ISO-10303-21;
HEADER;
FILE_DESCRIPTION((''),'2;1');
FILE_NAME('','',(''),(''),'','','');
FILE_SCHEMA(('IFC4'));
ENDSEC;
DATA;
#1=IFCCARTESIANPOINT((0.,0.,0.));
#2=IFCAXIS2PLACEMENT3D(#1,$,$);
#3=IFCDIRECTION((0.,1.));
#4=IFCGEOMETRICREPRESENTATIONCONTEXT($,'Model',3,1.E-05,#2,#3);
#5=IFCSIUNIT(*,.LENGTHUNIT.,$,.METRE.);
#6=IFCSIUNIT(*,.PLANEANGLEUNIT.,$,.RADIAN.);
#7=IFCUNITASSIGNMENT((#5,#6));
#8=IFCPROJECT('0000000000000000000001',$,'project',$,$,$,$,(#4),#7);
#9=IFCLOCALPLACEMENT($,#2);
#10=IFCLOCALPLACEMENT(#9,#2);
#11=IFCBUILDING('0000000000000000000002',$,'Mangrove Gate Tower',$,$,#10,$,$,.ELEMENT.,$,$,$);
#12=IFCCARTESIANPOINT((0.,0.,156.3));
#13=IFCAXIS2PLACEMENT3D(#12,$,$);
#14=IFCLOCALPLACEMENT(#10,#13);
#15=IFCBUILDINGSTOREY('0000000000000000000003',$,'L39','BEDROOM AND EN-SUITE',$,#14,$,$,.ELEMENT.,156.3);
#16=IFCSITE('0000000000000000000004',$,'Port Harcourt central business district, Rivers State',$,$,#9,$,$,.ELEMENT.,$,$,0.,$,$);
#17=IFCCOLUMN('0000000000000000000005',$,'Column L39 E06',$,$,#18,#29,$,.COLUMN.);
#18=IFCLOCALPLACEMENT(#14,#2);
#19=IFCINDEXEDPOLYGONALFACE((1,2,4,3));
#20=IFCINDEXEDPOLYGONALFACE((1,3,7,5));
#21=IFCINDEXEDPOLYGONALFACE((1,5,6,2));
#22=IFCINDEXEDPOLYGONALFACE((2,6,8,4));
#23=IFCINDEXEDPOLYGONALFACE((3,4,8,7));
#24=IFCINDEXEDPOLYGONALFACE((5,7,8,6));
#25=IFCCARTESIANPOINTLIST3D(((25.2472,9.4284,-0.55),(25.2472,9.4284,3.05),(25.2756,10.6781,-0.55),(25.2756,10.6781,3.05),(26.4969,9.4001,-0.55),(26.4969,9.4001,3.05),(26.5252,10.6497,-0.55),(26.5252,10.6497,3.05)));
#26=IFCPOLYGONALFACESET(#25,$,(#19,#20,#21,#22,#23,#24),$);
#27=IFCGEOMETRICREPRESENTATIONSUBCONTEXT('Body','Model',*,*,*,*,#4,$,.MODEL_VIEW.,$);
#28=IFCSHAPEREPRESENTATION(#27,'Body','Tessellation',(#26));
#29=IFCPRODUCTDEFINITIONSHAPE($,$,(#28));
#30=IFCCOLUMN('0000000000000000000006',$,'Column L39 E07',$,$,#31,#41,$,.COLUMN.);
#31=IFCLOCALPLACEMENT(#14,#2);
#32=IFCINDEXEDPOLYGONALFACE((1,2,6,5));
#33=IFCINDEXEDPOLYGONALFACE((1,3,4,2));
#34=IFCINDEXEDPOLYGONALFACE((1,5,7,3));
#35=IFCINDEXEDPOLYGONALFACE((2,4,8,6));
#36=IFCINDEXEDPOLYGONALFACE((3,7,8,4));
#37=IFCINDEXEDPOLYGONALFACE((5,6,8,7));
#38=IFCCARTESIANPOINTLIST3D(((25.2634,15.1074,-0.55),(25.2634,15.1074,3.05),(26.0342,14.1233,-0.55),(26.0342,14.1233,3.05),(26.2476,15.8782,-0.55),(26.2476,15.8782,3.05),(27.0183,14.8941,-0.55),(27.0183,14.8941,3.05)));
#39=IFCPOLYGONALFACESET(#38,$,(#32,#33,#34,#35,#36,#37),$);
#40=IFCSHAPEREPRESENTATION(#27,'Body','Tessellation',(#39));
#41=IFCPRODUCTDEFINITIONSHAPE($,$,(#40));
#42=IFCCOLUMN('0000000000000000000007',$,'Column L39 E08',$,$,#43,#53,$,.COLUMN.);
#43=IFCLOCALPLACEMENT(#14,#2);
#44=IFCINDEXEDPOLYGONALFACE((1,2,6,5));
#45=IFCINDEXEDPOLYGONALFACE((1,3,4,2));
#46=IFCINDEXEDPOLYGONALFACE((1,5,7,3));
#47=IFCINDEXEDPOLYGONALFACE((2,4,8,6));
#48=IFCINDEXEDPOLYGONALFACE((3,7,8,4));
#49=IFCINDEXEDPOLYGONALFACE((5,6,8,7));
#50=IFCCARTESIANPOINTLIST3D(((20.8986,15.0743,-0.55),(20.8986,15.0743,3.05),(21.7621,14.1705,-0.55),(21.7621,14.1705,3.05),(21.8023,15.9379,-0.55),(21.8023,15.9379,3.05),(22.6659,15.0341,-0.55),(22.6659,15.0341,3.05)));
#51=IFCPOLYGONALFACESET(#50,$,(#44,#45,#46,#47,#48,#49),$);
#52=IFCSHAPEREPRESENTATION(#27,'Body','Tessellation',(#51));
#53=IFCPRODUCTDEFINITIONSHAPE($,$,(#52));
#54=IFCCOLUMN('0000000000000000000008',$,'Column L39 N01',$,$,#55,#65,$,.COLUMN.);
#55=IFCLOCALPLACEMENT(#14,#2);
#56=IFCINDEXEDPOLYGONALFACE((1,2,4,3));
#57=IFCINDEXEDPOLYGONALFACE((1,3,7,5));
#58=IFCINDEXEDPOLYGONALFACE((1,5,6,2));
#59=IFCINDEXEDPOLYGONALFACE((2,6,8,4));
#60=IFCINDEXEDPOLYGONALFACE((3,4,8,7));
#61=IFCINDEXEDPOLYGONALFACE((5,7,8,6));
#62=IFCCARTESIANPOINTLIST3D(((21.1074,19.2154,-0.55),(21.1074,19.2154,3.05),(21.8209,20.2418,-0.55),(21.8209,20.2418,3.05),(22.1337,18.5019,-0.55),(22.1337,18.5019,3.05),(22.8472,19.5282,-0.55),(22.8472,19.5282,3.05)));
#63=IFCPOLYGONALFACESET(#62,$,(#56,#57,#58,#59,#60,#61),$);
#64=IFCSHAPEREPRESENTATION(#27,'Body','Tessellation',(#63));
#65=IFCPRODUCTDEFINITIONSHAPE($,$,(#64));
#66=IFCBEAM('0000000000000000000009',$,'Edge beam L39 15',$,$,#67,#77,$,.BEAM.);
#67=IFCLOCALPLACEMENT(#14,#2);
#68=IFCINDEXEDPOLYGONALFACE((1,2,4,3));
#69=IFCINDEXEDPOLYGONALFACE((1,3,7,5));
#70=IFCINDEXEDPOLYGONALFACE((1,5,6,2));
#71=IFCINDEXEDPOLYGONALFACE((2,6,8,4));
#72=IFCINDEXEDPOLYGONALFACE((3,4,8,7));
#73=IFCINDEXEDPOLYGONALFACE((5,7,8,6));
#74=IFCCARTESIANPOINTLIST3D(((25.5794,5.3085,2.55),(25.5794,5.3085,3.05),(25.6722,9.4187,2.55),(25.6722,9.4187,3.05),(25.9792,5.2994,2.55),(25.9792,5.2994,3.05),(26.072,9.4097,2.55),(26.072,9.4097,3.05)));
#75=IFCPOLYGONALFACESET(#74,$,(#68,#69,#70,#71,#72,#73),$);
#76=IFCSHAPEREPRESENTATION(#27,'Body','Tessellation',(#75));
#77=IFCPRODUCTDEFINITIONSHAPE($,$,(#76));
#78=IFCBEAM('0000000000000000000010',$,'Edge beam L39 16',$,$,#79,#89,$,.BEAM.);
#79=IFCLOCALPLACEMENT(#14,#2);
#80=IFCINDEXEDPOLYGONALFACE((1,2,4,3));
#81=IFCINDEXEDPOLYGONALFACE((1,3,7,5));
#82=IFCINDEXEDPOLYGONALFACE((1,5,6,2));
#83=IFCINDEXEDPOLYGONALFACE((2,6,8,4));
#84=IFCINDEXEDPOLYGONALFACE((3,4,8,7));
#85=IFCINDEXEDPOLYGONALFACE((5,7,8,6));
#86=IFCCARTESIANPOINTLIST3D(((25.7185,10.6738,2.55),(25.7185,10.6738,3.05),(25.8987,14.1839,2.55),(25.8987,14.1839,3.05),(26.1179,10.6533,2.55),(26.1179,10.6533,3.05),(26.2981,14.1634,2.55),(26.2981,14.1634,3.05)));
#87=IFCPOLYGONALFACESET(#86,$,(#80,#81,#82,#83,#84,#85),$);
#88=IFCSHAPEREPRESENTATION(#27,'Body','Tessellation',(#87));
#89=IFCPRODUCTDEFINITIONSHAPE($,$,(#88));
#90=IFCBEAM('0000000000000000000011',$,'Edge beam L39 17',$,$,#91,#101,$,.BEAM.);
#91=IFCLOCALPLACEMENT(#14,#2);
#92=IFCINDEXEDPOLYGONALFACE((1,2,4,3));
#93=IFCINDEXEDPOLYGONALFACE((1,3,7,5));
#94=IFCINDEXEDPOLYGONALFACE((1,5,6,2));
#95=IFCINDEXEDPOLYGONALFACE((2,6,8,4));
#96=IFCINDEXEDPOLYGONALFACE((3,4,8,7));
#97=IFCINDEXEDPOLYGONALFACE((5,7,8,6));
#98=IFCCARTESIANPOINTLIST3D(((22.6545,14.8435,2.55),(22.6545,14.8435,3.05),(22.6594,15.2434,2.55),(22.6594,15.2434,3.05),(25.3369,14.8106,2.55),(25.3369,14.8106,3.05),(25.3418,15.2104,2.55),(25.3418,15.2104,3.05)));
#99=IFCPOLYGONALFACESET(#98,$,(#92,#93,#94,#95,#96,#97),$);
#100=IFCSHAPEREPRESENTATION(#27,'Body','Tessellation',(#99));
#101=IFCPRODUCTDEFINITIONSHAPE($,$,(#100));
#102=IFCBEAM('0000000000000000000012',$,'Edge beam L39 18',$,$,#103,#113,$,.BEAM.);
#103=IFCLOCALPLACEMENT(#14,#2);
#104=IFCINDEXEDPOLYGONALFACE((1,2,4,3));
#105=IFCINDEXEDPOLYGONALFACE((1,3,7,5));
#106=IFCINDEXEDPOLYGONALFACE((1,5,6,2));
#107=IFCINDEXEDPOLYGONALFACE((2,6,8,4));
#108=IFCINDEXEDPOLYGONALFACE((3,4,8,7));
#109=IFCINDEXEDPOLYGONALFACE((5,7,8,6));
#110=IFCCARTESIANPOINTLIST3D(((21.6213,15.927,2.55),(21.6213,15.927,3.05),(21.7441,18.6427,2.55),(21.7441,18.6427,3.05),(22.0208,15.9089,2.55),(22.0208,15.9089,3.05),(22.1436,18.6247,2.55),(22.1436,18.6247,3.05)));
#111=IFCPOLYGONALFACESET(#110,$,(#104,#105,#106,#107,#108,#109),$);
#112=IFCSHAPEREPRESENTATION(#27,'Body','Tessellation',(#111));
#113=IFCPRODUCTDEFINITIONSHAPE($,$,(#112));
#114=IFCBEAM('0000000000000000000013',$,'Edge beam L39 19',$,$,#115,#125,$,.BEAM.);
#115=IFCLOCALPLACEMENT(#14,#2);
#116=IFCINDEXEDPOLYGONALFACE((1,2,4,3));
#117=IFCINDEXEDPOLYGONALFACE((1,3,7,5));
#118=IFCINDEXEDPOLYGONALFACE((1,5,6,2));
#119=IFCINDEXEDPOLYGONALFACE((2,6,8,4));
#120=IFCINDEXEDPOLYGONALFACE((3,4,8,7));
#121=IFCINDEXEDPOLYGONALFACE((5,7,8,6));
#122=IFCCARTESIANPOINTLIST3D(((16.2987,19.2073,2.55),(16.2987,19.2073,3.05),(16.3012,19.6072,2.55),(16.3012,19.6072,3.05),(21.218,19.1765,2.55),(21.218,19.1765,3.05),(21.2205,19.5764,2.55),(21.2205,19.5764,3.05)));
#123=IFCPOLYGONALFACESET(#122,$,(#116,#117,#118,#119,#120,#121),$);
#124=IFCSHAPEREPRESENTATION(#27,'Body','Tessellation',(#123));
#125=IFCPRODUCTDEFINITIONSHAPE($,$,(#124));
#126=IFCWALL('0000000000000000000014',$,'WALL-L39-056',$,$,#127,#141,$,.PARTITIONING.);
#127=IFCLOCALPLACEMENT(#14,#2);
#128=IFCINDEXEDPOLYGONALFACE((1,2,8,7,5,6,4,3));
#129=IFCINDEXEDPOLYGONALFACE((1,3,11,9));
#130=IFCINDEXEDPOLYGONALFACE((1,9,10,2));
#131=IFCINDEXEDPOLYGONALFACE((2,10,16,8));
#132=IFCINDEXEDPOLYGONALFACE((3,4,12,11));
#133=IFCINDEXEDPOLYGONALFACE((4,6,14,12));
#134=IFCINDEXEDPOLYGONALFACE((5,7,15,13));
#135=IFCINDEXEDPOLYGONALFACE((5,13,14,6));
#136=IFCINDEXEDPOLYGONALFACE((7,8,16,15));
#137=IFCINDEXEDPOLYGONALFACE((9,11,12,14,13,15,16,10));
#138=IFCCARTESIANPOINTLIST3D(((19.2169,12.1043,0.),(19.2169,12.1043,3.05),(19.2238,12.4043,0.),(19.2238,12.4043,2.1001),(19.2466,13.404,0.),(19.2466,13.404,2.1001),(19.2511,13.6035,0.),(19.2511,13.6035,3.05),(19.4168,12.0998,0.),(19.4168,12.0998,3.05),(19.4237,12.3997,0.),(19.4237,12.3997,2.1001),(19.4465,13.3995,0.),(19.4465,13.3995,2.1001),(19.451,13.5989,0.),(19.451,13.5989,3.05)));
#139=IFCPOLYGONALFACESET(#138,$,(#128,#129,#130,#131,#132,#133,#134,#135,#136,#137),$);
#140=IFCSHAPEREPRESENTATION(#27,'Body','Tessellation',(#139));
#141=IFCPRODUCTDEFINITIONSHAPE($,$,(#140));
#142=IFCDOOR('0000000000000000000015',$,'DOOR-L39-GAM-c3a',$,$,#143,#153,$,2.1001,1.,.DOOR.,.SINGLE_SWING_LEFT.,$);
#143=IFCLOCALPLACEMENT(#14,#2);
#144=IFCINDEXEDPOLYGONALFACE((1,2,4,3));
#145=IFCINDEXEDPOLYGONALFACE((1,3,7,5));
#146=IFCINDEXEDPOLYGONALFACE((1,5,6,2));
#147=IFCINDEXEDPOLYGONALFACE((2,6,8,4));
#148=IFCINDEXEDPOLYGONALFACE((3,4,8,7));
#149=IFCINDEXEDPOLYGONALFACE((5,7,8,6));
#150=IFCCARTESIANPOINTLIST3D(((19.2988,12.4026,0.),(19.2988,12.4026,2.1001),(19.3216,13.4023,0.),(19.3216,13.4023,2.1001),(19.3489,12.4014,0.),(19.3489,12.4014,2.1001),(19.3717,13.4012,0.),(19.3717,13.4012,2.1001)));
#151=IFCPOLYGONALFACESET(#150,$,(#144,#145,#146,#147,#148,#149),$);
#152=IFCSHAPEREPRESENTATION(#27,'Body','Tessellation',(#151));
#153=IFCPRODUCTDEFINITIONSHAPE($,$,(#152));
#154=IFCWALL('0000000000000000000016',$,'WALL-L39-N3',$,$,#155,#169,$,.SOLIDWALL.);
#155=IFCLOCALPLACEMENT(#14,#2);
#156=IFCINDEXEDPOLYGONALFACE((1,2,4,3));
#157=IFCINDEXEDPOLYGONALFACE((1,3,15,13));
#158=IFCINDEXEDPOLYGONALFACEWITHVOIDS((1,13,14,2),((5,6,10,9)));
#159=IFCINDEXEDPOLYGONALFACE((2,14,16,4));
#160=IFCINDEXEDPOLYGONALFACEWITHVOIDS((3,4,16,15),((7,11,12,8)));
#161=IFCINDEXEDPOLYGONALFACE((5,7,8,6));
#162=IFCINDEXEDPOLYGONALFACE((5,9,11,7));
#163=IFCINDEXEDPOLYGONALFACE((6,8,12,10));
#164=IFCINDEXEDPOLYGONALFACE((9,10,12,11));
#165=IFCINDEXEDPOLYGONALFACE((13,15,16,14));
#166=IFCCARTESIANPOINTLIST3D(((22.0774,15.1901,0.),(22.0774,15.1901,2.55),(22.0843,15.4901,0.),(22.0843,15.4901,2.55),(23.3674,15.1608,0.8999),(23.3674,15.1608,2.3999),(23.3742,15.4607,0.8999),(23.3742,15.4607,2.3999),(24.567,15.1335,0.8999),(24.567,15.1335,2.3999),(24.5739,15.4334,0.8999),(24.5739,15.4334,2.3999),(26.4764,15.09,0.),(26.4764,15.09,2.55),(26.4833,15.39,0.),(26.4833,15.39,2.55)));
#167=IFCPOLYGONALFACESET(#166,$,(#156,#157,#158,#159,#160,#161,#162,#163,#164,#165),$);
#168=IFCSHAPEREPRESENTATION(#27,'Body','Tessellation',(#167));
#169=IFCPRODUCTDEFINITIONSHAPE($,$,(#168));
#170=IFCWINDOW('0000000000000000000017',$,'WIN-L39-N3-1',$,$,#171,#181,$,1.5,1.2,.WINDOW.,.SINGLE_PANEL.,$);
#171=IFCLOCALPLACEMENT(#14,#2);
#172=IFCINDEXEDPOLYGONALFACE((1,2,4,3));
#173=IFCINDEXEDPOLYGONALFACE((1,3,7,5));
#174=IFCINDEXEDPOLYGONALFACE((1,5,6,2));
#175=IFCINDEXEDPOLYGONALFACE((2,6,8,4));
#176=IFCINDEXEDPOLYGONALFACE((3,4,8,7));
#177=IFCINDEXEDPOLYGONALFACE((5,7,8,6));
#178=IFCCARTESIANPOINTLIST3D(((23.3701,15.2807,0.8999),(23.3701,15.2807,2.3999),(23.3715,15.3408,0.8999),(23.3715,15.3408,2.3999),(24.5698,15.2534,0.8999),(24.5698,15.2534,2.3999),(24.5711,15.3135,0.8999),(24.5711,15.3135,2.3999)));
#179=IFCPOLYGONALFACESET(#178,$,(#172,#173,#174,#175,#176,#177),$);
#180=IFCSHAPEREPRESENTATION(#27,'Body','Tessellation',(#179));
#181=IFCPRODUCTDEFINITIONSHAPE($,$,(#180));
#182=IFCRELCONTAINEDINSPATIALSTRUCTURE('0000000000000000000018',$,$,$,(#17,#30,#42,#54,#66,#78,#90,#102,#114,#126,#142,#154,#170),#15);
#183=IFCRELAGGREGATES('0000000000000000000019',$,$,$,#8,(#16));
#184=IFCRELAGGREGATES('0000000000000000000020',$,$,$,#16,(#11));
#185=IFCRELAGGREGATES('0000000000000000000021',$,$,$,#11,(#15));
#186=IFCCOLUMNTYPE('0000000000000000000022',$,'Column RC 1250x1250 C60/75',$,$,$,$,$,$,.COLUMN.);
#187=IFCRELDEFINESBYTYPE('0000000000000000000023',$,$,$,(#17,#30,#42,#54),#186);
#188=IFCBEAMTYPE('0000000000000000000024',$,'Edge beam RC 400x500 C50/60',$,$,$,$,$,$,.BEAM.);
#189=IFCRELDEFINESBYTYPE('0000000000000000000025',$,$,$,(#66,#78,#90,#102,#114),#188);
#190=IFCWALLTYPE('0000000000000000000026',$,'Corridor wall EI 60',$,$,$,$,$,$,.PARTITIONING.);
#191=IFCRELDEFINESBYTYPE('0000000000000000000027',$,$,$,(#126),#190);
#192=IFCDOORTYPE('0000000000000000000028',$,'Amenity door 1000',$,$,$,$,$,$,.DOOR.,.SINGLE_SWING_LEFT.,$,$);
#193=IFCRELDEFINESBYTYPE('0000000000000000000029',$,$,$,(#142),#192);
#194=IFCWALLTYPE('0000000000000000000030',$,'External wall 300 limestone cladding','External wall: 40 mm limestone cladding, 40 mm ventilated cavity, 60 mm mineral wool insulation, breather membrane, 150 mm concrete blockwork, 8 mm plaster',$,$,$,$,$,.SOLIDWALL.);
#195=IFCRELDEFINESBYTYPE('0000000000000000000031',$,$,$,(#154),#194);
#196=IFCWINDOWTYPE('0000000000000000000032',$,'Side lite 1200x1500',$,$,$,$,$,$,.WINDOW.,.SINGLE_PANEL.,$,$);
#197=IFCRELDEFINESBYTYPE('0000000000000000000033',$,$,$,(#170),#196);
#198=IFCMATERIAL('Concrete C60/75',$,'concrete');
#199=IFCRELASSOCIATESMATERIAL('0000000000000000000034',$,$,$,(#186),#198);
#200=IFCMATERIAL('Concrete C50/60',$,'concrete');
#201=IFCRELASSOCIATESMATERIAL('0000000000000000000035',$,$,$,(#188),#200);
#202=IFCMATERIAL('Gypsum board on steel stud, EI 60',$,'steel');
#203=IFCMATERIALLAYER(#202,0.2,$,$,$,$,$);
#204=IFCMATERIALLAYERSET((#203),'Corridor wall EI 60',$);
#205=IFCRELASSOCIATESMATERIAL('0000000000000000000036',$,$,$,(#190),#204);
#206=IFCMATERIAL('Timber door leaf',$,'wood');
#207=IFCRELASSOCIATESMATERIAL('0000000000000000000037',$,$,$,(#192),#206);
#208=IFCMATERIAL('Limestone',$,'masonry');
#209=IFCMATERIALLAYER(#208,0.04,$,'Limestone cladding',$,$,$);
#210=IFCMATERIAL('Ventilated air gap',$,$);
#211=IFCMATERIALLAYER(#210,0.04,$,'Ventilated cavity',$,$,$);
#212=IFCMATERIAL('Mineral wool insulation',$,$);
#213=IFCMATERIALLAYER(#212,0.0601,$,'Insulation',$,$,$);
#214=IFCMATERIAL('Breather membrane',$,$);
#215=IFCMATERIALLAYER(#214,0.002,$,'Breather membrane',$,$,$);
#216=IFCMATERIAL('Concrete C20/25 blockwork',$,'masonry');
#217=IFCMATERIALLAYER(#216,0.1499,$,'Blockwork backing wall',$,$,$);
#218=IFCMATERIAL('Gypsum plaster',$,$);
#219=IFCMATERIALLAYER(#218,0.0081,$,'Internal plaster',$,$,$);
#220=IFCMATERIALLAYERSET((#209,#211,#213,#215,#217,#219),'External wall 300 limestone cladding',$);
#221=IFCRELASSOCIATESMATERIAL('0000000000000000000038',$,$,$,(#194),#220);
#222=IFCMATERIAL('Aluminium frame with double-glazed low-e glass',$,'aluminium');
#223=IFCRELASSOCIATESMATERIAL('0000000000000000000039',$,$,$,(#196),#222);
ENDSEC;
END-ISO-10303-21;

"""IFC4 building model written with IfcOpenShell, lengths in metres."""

from ifc_helpers import new_model, si_unit, direction, frame, frame_2d, origin, origin_2d, place, context, subcontext, project, spatial, rectangle, extrude, material, layer, layer_set, material_profile, profile_set, type_object, element, fill, save


model = new_model("IFC4")

# Units and contexts
model_context = context("Model", 3, precision=1e-05, world=origin(), true_north=direction((0.0, 1.0)))
body_context = subcontext(model_context, "Body", "Model", "MODEL_VIEW")
ifc_project = project(units=[si_unit("LENGTHUNIT", "METRE"), si_unit("PLANEANGLEUNIT", "RADIAN")], contexts=[model_context])

# Site, building, storey
site_placement = place(None, origin())
site = spatial("IfcSite", under=ifc_project, at=site_placement, Name="Port Harcourt central business district, Rivers State", CompositionType="ELEMENT", RefElevation=0.0)
building_placement = place(site_placement, origin())
building = spatial("IfcBuilding", under=site, at=building_placement, Name="Mangrove Gate Tower", CompositionType="ELEMENT")
storey_placement = place(building_placement, frame((0.0, 0.0, 156.3)))
storey = spatial("IfcBuildingStorey", under=building, at=storey_placement, Name="L39", Description="BEDROOM AND EN-SUITE", CompositionType="ELEMENT", Elevation=156.3)

# Columns
ifc_material_1 = material(Name="Concrete C60/75", Category="concrete")
ifc_material_profile_1 = material_profile(ifc_material_1, rectangle(XDim=1.25, YDim=1.25, at=origin_2d()))
ifc_profile_set_1 = profile_set([ifc_material_profile_1], Name="Concrete C60/75")
column_type = type_object("IfcColumnType", Name="Column RC 1250x1250 C60/75", PredefinedType="COLUMN", material=ifc_profile_set_1)
for number, where, z_axis, x_axis, name in (
    (1, (25.8862, 10.0391, -0.55), (0.0, 0.0, 1.0), (0.02266, 0.999743, 0.0), "Column L39 E06"),
    (2, (26.1409, 15.0007, -0.55), (0.0, 0.0, 1.0), (-0.616592, 0.787283, 0.0), "Column L39 E07"),
    (3, (21.7822, 15.0542, -0.55), (0.0, 0.0, 1.0), (-0.690854, 0.722994, 0.0), "Column L39 E08"),
    (4, (21.9773, 19.3718, -0.55), (0.0, 0.0, 1.0), (-0.821084, 0.570807, 0.0), "Column L39 N01"),
):
    element("IfcColumn", number, at=place(storey_placement, frame(where, z_axis=z_axis, x_axis=x_axis)), inside=storey, type_object=column_type, Name=name, PredefinedType="COLUMN", context=body_context, shape_type="SweptSolid", body=[
        extrude(rectangle(XDim=1.25, YDim=1.25, at=origin_2d()), origin(), (0.0, 0.0, 1.0), 3.6001),
    ])

# Beams
ifc_material_2 = material(Name="Concrete C50/60", Category="concrete")
ifc_material_profile_2 = material_profile(ifc_material_2, rectangle(XDim=0.3999, YDim=0.5, at=origin_2d()))
ifc_profile_set_2 = profile_set([ifc_material_profile_2], Name="Concrete C50/60")
beam_type = type_object("IfcBeamType", Name="Edge beam RC 400x500 C50/60", PredefinedType="BEAM", material=ifc_profile_set_2)
beam_1_placement = place(storey_placement, frame((25.7793, 5.304, 2.8), z_axis=(0.022565, 0.999745, 0.0), x_axis=(-0.999745, 0.022565, 0.0)))
element("IfcBeam", 5, at=beam_1_placement, inside=storey, type_object=beam_type, Name="Edge beam L39 15", PredefinedType="BEAM", context=body_context, shape_type="SweptSolid", body=[
    extrude(rectangle(XDim=0.3999, YDim=0.5, at=origin_2d()), origin(), (0.0, 0.0, 1.0), 4.1113),
])
beam_2_placement = place(storey_placement, frame((25.9182, 10.6636, 2.8), z_axis=(0.051264, 0.998685, 0.0), x_axis=(-0.998685, 0.051264, 0.0)))
element("IfcBeam", 6, at=beam_2_placement, inside=storey, type_object=beam_type, Name="Edge beam L39 16", PredefinedType="BEAM", context=body_context, shape_type="SweptSolid", body=[
    extrude(rectangle(XDim=0.3999, YDim=0.5, at=origin_2d()), origin(), (0.0, 0.0, 1.0), 3.5146),
])
beam_3_placement = place(storey_placement, frame((25.3394, 15.0105, 2.8), z_axis=(-0.999925, 0.012286, 0.0), x_axis=(-0.012286, -0.999925, 0.0)))
element("IfcBeam", 7, at=beam_3_placement, inside=storey, type_object=beam_type, Name="Edge beam L39 17", PredefinedType="BEAM", context=body_context, shape_type="SweptSolid", body=[
    extrude(rectangle(XDim=0.3999, YDim=0.5, at=origin_2d()), origin(), (0.0, 0.0, 1.0), 2.6826),
])
beam_4_placement = place(storey_placement, frame((21.821, 15.918, 2.8), z_axis=(0.045171, 0.998979, 0.0), x_axis=(-0.998979, 0.045171, 0.0)))
element("IfcBeam", 8, at=beam_4_placement, inside=storey, type_object=beam_type, Name="Edge beam L39 18", PredefinedType="BEAM", context=body_context, shape_type="SweptSolid", body=[
    extrude(rectangle(XDim=0.3999, YDim=0.5, at=origin_2d()), origin(), (0.0, 0.0, 1.0), 2.7185),
])
beam_5_placement = place(storey_placement, frame((21.2192, 19.3765, 2.8), z_axis=(-0.99998, 0.006253, 0.0), x_axis=(-0.006253, -0.99998, 0.0)))
element("IfcBeam", 9, at=beam_5_placement, inside=storey, type_object=beam_type, Name="Edge beam L39 19", PredefinedType="BEAM", context=body_context, shape_type="SweptSolid", body=[
    extrude(rectangle(XDim=0.3999, YDim=0.5, at=origin_2d()), origin(), (0.0, 0.0, 1.0), 4.9194),
])

# Wall, opening, door
ifc_material_3 = material(Name="Gypsum board on steel stud, EI 60", Category="steel")
ifc_layer_1 = layer(ifc_material_3, 0.2)
ifc_layer_set_1 = layer_set([ifc_layer_1], Name="Corridor wall EI 60")
wall_type_1 = type_object("IfcWallType", Name="Corridor wall EI 60", PredefinedType="PARTITIONING", material=ifc_layer_set_1)
wall_1_placement = place(storey_placement, frame((19.3169, 12.1021, 0.0), z_axis=(0.0, 0.0, 1.0), x_axis=(0.022795, 0.99974, 0.0)))
wall_1 = element("IfcWall", 10, at=wall_1_placement, inside=storey, type_object=wall_type_1, Name="WALL-L39-056", PredefinedType="PARTITIONING", context=body_context, shape_type="SweptSolid", body=[
    extrude(rectangle(XDim=1.4995, YDim=0.2, at=frame_2d((0.7498, 0.0))), origin(), (0.0, 0.0, 1.0), 3.05),
])
opening_1_placement = place(wall_1_placement, frame((0.3, 0.0, 0.0)))
opening_1 = element("IfcOpeningElement", 11, at=opening_1_placement, cuts=wall_1, PredefinedType="OPENING", context=body_context, shape_type="SweptSolid", body=[
    extrude(rectangle(XDim=1.0, YDim=2.1001, at=frame_2d((0.5, 1.05))), frame((0.0, 0.1099, 0.0), z_axis=(0.0, -1.0, 0.0), x_axis=(1.0, 0.0, 0.0)), (0.0, 0.0, 1.0), 0.22),
])
ifc_material_4 = material(Name="Timber door leaf", Category="wood")
door_type_1 = type_object("IfcDoorType", Name="Amenity door 1000", OperationType="SINGLE_SWING_LEFT", PredefinedType="DOOR", material=ifc_material_4)
door_1_placement = place(opening_1_placement, origin())
door_1 = element("IfcDoor", 12, at=door_1_placement, inside=storey, type_object=door_type_1, Name="DOOR-L39-GAM-c3a", OperationType="SINGLE_SWING_LEFT", OverallHeight=2.1001, OverallWidth=1.0, PredefinedType="DOOR", context=body_context, shape_type="SweptSolid", body=[
    extrude(rectangle(XDim=1.0, YDim=2.1001, at=frame_2d((0.5, 1.05))), frame((0.0, 0.0249, 0.0), z_axis=(0.0, -1.0, 0.0), x_axis=(1.0, 0.0, 0.0)), (0.0, 0.0, 1.0), 0.05),
])
fill(opening_1, door_1)

# Wall, opening, window
ifc_material_5 = material(Name="Limestone", Category="masonry")
ifc_layer_2 = layer(ifc_material_5, 0.04, Name="Limestone cladding")
ifc_material_6 = material(Name="Ventilated air gap")
ifc_layer_3 = layer(ifc_material_6, 0.04, Name="Ventilated cavity")
ifc_material_7 = material(Name="Mineral wool insulation")
ifc_layer_4 = layer(ifc_material_7, 0.0601, Name="Insulation")
ifc_material_8 = material(Name="Breather membrane")
ifc_layer_5 = layer(ifc_material_8, 0.002, Name="Breather membrane")
ifc_material_9 = material(Name="Concrete C20/25 blockwork", Category="masonry")
ifc_layer_6 = layer(ifc_material_9, 0.1499, Name="Blockwork backing wall")
ifc_material_10 = material(Name="Gypsum plaster")
ifc_layer_7 = layer(ifc_material_10, 0.0081, Name="Internal plaster")
ifc_layer_set_2 = layer_set([ifc_layer_2, ifc_layer_3, ifc_layer_4, ifc_layer_5, ifc_layer_6, ifc_layer_7], Name="External wall 300 limestone cladding")
wall_type_2 = type_object("IfcWallType", Name="External wall 300 limestone cladding", Description="External wall: 40 mm limestone cladding, 40 mm ventilated cavity, 60 mm mineral wool insulation, breather membrane, 150 mm concrete blockwork, 8 mm plaster", PredefinedType="SOLIDWALL", material=ifc_layer_set_2)
wall_2_placement = place(storey_placement, frame((26.48, 15.24, 0.0), z_axis=(0.0, 0.0, 1.0), x_axis=(-0.999741, 0.022749, 0.0)))
wall_2 = element("IfcWall", 13, at=wall_2_placement, inside=storey, type_object=wall_type_2, Name="WALL-L39-N3", PredefinedType="SOLIDWALL", context=body_context, shape_type="SweptSolid", body=[
    extrude(rectangle(XDim=4.4001, YDim=0.3, at=frame_2d((2.2002, 0.0))), origin(), (0.0, 0.0, 1.0), 2.55),
])
opening_2_placement = place(wall_2_placement, frame((1.9099, 0.0, 0.8999)))
opening_2 = element("IfcOpeningElement", 14, at=opening_2_placement, cuts=wall_2, PredefinedType="OPENING", context=body_context, shape_type="SweptSolid", body=[
    extrude(rectangle(XDim=1.2, YDim=1.5, at=frame_2d((0.6001, 0.75))), frame((0.0, 0.1599, 0.0), z_axis=(0.0, -1.0, 0.0), x_axis=(1.0, 0.0, 0.0)), (0.0, 0.0, 1.0), 0.3201),
])
ifc_material_11 = material(Name="Aluminium frame with double-glazed low-e glass", Category="aluminium")
window_type_1 = type_object("IfcWindowType", Name="Side lite 1200x1500", PartitioningType="SINGLE_PANEL", PredefinedType="WINDOW", material=ifc_material_11)
window_1_placement = place(opening_2_placement, origin())
window_1 = element("IfcWindow", 15, at=window_1_placement, inside=storey, type_object=window_type_1, Name="WIN-L39-N3-1", OverallHeight=1.5, OverallWidth=1.2, PartitioningType="SINGLE_PANEL", PredefinedType="WINDOW", context=body_context, shape_type="SweptSolid", body=[
    extrude(rectangle(XDim=1.2, YDim=1.5, at=frame_2d((0.6001, 0.75))), frame((0.0, 0.03, 0.0), z_axis=(0.0, -1.0, 0.0), x_axis=(1.0, 0.0, 0.0)), (0.0, 0.0, 1.0), 0.0601),
])
fill(opening_2, window_1)

save(model, "model.ifc")
